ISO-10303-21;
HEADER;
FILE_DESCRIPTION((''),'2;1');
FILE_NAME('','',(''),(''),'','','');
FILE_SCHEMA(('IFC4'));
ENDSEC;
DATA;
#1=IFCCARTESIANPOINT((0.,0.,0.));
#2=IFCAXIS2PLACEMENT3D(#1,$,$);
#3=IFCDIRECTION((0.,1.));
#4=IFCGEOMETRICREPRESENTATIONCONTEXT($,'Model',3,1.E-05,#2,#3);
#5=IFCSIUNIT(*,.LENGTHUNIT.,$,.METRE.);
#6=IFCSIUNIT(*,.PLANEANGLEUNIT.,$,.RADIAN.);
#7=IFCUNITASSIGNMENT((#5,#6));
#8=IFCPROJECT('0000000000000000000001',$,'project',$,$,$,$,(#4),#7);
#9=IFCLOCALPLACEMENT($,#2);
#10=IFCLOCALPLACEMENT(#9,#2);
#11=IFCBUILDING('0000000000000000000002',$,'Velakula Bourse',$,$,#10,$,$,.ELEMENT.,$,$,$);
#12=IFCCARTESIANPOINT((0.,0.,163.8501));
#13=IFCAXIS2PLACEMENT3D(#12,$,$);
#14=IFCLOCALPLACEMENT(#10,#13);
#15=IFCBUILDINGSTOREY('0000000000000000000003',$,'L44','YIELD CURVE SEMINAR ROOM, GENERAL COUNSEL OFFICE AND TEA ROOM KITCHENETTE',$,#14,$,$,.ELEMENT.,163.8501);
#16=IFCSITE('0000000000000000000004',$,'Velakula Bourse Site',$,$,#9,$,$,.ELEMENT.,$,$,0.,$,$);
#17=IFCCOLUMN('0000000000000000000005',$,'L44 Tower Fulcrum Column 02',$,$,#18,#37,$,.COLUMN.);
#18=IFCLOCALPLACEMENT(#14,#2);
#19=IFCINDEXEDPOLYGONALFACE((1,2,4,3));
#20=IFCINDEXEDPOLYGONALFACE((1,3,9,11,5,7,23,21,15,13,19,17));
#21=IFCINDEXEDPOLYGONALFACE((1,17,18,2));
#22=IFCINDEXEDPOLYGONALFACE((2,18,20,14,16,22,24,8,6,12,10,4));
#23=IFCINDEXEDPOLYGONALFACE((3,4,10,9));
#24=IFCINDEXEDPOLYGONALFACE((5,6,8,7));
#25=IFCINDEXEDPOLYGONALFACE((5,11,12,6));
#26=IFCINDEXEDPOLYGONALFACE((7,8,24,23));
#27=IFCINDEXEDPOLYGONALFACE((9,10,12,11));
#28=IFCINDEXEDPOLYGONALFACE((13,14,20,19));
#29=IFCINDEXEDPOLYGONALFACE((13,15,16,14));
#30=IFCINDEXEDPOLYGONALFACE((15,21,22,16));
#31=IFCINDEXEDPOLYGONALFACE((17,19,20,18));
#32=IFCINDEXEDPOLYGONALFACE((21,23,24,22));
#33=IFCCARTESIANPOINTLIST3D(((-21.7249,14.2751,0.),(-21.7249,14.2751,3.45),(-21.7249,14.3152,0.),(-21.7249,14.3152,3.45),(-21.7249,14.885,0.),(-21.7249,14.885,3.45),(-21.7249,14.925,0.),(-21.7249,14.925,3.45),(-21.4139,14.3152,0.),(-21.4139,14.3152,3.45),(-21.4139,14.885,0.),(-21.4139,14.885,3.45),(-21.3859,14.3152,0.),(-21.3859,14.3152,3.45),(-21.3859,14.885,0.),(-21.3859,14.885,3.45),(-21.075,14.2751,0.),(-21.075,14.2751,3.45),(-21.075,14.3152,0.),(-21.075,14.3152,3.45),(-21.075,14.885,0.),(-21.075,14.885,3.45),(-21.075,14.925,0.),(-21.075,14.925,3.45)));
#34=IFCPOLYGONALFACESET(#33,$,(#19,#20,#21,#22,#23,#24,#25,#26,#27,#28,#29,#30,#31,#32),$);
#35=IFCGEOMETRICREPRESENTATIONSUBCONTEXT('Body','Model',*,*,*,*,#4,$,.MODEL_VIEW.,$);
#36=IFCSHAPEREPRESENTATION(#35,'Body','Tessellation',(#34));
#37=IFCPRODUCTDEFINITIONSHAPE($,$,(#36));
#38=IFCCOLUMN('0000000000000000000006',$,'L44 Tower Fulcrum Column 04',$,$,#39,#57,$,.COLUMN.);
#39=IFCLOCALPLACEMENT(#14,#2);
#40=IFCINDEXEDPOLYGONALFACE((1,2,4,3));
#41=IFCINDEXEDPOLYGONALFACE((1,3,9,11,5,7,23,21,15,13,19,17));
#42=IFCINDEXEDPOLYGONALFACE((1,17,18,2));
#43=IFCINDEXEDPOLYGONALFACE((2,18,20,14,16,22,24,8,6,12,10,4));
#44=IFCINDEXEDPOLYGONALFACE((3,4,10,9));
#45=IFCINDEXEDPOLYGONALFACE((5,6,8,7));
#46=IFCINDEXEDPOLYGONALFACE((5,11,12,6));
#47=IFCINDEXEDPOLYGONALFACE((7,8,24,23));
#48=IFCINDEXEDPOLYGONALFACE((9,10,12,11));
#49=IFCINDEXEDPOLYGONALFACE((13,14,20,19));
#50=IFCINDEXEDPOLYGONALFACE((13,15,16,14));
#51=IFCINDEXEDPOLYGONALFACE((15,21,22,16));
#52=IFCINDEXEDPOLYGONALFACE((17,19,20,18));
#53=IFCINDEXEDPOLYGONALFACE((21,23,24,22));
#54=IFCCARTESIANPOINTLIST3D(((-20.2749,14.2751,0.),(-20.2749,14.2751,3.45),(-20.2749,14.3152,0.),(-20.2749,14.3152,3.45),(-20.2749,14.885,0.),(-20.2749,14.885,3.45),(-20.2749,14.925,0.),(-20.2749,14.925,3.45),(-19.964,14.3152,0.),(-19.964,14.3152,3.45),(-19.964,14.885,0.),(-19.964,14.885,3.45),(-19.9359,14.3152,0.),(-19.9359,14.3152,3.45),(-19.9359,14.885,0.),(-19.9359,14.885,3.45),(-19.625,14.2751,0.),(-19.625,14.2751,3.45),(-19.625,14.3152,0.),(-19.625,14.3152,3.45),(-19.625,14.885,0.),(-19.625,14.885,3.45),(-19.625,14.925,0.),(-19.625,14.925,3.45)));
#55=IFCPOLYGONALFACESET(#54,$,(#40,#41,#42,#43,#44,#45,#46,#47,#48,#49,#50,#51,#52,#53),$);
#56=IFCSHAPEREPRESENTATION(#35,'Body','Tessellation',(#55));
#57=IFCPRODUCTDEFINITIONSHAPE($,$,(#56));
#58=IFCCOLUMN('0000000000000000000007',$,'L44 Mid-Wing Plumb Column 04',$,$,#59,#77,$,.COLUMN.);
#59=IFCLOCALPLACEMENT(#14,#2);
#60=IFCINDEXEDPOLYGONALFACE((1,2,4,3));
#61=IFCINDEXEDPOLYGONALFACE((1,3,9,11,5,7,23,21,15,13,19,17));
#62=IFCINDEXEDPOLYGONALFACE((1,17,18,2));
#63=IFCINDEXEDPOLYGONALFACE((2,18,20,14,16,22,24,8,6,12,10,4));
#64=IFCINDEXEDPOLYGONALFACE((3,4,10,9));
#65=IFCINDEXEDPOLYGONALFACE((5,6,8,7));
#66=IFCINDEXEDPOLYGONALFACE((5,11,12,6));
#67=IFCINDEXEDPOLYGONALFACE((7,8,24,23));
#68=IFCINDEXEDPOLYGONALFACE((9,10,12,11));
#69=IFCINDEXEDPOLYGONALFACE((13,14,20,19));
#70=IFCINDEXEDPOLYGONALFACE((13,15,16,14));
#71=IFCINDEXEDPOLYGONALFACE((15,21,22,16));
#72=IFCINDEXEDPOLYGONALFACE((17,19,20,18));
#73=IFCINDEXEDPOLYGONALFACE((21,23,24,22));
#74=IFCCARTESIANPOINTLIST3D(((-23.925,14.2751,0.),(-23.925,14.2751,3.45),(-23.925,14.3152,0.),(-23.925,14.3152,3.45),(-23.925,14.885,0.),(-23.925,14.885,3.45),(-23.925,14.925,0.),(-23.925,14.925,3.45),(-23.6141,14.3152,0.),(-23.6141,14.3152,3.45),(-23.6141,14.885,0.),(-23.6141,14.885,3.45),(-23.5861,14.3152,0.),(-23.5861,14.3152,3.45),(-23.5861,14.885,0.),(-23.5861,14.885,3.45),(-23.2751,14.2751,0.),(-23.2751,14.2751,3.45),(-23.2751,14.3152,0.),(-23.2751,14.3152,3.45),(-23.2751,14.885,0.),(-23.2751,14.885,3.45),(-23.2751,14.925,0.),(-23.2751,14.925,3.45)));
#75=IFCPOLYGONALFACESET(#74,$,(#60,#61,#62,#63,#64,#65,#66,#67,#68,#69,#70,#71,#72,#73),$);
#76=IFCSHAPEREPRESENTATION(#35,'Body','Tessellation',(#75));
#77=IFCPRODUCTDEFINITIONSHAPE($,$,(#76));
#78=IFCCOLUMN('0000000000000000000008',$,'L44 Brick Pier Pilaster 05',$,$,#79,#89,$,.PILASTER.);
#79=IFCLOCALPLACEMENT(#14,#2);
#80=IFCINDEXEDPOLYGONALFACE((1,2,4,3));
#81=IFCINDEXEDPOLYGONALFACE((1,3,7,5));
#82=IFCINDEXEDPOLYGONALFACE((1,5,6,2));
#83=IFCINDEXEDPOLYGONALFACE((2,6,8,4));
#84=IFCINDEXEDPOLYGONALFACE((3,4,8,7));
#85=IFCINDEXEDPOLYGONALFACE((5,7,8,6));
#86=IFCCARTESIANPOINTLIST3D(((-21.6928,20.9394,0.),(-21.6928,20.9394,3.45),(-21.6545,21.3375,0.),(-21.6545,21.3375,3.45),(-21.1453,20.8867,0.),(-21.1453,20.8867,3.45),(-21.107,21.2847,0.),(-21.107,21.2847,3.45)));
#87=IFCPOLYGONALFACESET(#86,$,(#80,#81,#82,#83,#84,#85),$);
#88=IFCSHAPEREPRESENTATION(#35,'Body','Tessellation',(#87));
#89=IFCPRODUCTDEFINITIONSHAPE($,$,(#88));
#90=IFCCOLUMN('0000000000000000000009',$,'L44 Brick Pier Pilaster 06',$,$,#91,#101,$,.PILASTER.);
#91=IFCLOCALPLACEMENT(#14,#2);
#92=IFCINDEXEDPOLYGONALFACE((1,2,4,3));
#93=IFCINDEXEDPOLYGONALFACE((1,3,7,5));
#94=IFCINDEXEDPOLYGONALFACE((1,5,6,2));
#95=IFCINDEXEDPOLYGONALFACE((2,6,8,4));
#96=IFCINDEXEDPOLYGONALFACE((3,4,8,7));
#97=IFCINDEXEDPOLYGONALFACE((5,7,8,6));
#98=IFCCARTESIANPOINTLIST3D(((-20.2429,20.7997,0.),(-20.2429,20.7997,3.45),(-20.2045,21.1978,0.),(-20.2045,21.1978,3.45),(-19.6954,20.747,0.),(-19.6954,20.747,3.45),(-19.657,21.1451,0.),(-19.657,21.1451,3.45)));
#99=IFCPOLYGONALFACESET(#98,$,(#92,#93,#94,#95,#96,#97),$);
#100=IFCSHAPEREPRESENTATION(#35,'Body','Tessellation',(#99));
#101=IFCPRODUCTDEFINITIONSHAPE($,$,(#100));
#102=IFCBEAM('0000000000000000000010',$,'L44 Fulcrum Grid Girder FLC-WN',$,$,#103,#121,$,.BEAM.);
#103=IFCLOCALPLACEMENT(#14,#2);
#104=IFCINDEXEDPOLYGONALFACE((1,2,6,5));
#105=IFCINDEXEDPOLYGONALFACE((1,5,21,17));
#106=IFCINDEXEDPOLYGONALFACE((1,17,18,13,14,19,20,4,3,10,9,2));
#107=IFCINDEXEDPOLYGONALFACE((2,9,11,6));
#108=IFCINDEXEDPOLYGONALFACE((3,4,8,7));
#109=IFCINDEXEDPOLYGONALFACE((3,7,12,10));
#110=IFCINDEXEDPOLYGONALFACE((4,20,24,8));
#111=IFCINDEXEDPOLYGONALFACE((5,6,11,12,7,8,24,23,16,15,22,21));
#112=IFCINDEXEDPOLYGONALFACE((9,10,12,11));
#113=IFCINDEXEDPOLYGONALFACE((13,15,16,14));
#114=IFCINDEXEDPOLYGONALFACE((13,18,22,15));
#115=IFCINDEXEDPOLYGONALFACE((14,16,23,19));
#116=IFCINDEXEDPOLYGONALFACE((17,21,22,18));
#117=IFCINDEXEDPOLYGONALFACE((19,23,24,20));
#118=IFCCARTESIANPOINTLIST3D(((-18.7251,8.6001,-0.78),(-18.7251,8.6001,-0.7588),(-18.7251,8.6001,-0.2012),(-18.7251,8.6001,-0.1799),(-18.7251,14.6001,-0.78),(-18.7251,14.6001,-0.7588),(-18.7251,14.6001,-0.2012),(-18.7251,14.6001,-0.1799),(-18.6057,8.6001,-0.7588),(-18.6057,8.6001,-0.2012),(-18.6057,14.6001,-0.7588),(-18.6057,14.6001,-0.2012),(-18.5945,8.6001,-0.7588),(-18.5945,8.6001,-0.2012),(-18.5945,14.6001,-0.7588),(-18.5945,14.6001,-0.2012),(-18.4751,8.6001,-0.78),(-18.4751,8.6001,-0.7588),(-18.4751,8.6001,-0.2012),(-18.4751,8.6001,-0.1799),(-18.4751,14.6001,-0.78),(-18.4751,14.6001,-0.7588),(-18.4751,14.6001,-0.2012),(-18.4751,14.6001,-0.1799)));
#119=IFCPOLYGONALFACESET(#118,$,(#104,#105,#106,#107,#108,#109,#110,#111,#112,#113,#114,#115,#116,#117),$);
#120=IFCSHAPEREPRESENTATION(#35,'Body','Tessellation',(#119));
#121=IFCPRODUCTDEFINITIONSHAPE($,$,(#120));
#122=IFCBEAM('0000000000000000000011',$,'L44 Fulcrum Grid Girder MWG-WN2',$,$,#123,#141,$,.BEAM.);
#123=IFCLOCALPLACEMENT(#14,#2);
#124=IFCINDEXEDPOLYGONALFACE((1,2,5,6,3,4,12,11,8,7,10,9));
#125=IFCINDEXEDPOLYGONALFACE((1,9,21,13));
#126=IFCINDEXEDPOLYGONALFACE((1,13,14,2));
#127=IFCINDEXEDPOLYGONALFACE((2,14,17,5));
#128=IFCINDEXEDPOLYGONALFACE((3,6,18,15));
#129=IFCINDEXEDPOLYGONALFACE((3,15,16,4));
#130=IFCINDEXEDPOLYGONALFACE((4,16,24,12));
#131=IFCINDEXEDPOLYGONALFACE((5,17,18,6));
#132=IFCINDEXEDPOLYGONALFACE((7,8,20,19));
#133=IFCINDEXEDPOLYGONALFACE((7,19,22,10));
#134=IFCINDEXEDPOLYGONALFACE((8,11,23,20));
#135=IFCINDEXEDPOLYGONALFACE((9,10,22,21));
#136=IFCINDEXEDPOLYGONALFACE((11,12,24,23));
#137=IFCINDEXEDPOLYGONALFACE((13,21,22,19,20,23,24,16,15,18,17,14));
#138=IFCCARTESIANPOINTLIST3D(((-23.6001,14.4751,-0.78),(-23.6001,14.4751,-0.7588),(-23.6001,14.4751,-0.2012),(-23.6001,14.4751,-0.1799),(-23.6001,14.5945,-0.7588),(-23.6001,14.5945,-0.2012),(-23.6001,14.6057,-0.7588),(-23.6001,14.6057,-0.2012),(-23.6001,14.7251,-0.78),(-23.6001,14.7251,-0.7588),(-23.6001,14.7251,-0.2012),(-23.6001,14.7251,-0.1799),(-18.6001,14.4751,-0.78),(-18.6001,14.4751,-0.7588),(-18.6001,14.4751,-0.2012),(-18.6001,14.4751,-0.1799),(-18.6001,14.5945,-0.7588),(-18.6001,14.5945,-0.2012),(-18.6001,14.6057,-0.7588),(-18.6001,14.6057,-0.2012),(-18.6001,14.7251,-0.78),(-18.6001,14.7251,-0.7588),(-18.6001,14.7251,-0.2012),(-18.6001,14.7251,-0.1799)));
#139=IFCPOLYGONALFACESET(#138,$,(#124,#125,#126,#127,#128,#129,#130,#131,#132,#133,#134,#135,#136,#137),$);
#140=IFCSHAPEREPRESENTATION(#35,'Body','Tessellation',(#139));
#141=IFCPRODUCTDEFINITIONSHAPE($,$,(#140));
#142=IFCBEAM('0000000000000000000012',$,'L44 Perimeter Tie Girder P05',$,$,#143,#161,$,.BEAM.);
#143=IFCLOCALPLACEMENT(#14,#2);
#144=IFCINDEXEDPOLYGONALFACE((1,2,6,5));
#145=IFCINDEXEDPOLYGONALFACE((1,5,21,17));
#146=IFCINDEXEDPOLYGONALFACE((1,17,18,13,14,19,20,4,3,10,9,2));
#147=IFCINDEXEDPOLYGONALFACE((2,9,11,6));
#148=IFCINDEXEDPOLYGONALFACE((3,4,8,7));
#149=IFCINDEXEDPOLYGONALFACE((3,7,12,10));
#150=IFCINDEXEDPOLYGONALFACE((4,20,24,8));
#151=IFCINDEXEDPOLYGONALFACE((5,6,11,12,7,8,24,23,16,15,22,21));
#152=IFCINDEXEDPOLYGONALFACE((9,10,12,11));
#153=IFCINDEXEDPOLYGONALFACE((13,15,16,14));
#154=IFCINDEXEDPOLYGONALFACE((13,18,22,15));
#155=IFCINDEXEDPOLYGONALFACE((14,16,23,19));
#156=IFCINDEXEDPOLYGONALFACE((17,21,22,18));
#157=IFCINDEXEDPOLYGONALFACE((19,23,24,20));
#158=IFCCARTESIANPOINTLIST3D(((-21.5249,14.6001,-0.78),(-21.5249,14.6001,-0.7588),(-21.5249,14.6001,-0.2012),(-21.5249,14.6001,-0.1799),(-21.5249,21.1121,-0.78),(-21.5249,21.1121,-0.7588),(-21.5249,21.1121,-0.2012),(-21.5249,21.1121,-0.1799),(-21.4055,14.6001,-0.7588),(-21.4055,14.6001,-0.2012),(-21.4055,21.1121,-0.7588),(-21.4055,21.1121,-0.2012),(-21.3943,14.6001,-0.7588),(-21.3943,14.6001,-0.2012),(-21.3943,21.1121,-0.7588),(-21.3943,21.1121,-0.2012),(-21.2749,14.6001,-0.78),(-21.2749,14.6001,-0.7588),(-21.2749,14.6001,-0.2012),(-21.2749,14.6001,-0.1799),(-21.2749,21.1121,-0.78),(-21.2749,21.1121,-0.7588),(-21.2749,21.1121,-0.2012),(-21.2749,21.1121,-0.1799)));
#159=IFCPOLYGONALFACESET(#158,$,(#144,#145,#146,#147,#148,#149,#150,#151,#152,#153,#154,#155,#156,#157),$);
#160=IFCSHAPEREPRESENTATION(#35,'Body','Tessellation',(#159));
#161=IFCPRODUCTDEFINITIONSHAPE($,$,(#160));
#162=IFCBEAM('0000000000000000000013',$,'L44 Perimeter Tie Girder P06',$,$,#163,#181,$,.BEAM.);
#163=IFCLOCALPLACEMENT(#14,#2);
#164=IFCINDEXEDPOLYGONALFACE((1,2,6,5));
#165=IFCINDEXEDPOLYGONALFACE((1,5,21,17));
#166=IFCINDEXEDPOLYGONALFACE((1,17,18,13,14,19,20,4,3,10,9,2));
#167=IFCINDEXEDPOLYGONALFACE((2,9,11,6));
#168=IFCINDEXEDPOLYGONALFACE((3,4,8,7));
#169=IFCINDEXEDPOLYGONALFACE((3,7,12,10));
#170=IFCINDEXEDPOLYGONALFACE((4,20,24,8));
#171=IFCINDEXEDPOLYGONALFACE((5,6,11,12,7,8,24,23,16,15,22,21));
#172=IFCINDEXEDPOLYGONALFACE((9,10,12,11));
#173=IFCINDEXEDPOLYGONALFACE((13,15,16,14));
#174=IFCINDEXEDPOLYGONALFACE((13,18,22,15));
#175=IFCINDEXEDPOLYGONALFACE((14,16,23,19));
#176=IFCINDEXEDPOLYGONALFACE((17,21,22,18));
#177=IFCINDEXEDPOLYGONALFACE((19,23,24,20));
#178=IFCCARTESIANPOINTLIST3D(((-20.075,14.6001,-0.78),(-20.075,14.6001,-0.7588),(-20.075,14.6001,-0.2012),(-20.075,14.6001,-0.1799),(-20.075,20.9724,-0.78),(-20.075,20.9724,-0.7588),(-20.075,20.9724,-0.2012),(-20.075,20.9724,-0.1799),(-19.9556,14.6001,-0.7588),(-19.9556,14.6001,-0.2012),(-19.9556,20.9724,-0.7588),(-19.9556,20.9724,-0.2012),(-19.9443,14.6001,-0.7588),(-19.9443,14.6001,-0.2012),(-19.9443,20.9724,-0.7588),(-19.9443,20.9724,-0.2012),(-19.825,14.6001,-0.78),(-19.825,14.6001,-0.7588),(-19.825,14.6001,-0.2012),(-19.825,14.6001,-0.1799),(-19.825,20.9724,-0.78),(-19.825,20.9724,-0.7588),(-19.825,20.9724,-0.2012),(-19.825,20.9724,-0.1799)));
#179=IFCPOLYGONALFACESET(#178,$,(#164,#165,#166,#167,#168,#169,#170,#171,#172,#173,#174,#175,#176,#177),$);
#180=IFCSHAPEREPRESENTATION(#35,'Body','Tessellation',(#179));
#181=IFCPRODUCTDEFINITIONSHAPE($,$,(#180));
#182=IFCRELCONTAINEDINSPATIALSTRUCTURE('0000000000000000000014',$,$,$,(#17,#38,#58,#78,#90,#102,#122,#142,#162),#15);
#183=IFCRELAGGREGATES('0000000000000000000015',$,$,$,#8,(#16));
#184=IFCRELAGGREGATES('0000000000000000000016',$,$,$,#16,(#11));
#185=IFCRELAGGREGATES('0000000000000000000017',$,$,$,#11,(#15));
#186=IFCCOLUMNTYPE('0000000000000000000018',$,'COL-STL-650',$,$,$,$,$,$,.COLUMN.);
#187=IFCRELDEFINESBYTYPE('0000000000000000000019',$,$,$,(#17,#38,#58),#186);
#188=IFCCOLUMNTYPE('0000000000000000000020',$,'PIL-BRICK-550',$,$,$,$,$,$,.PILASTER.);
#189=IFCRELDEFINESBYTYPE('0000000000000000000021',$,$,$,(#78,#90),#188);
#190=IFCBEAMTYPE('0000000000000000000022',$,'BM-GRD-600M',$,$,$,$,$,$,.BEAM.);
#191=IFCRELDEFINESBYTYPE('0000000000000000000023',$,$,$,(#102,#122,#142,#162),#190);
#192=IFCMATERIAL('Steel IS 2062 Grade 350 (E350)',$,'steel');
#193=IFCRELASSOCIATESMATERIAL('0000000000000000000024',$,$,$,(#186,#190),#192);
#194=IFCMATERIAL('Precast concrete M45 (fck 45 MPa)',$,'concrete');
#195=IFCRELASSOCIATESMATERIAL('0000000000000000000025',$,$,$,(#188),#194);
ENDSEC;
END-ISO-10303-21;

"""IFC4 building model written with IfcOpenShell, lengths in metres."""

from ifc_helpers import new_model, si_unit, direction, frame, origin, origin_2d, place, context, subcontext, project, spatial, rectangle, i_section, extrude, material, material_profile, profile_set, type_object, element, save


model = new_model("IFC4")

# Units and contexts
model_context = context("Model", 3, precision=1e-05, world=origin(), true_north=direction((0.0, 1.0)))
body_context = subcontext(model_context, "Body", "Model", "MODEL_VIEW")
ifc_project = project(units=[si_unit("LENGTHUNIT", "METRE"), si_unit("PLANEANGLEUNIT", "RADIAN")], contexts=[model_context])

# Site, building, storey
site_placement = place(None, origin())
site = spatial("IfcSite", under=ifc_project, at=site_placement, Name="Velakula Bourse Site", CompositionType="ELEMENT", RefElevation=0.0)
building_placement = place(site_placement, origin())
building = spatial("IfcBuilding", under=site, at=building_placement, Name="Velakula Bourse", CompositionType="ELEMENT")
storey_placement = place(building_placement, frame((0.0, 0.0, 163.8501)))
storey = spatial("IfcBuildingStorey", under=building, at=storey_placement, Name="L44", Description="YIELD CURVE SEMINAR ROOM, GENERAL COUNSEL OFFICE AND TEA ROOM KITCHENETTE", CompositionType="ELEMENT", Elevation=163.8501)

# Columns
ifc_material_1 = material(Name="Steel IS 2062 Grade 350 (E350)", Category="steel")
ifc_material_profile_1 = material_profile(ifc_material_1, i_section(OverallWidth=0.6499, OverallDepth=0.6499, WebThickness=0.0281, FlangeThickness=0.04, at=origin_2d()), Name="Steel IS 2062 Grade 350 (E350)")
ifc_profile_set_1 = profile_set([ifc_material_profile_1], Name="Steel IS 2062 Grade 350 (E350)")
column_type_1 = type_object("IfcColumnType", Name="COL-STL-650", PredefinedType="COLUMN", material=ifc_profile_set_1)
for number, where, z_axis, x_axis, name in (
    (1, (-21.3999, 14.6001, 0.0), (0.0, 0.0, 1.0), (1.0, 0.0, 0.0), "L44 Tower Fulcrum Column 02"),
    (2, (-19.95, 14.6001, 0.0), (0.0, 0.0, 1.0), (1.0, 0.0, 0.0), "L44 Tower Fulcrum Column 04"),
    (3, (-23.6001, 14.6001, 0.0), (0.0, 0.0, 1.0), (1.0, 0.0, 0.0), "L44 Mid-Wing Plumb Column 04"),
):
    element("IfcColumn", number, at=place(storey_placement, frame(where, z_axis=z_axis, x_axis=x_axis)), inside=storey, type_object=column_type_1, Name=name, PredefinedType="COLUMN", context=body_context, shape_type="SweptSolid", body=[
        extrude(i_section(OverallWidth=0.6499, OverallDepth=0.6499, WebThickness=0.0281, FlangeThickness=0.04, at=origin_2d()), origin(), (0.0, 0.0, 1.0), 3.45),
    ])
ifc_material_2 = material(Name="Precast concrete M45 (fck 45 MPa)", Category="concrete")
ifc_material_profile_2 = material_profile(ifc_material_2, rectangle(XDim=0.55, YDim=0.3999, at=origin_2d()), Name="Precast concrete M45 (fck 45 MPa)")
ifc_profile_set_2 = profile_set([ifc_material_profile_2], Name="Precast concrete M45 (fck 45 MPa)")
column_type_2 = type_object("IfcColumnType", Name="PIL-BRICK-550", PredefinedType="PILASTER", material=ifc_profile_set_2)
for number, where, z_axis, x_axis, name in (
    (4, (-21.3999, 21.1121, 0.0), (0.0, 0.0, 1.0), (0.995396, -0.095846, 0.0), "L44 Brick Pier Pilaster 05"),
    (5, (-19.95, 20.9724, 0.0), (0.0, 0.0, 1.0), (0.995396, -0.095846, 0.0), "L44 Brick Pier Pilaster 06"),
):
    element("IfcColumn", number, at=place(storey_placement, frame(where, z_axis=z_axis, x_axis=x_axis)), inside=storey, type_object=column_type_2, Name=name, PredefinedType="PILASTER", context=body_context, shape_type="SweptSolid", body=[
        extrude(rectangle(XDim=0.55, YDim=0.3999, at=origin_2d()), origin(), (0.0, 0.0, 1.0), 3.45),
    ])

# Beams
ifc_material_profile_3 = material_profile(ifc_material_1, i_section(OverallWidth=0.25, OverallDepth=0.6001, WebThickness=0.0112, FlangeThickness=0.0212, at=origin_2d()), Name="Steel IS 2062 Grade 350 (E350)")
ifc_profile_set_3 = profile_set([ifc_material_profile_3], Name="Steel IS 2062 Grade 350 (E350)")
beam_type_1 = type_object("IfcBeamType", Name="BM-GRD-600M", PredefinedType="BEAM", material=ifc_profile_set_3)
beam_1_placement = place(storey_placement, frame((-18.6001, 8.6001, -0.48), z_axis=(0.0, 1.0, 0.0), x_axis=(-1.0, 0.0, 0.0)))
element("IfcBeam", 6, at=beam_1_placement, inside=storey, type_object=beam_type_1, Name="L44 Fulcrum Grid Girder FLC-WN", PredefinedType="BEAM", context=body_context, shape_type="SweptSolid", body=[
    extrude(i_section(OverallWidth=0.25, OverallDepth=0.6001, WebThickness=0.0112, FlangeThickness=0.0212, at=origin_2d()), origin(), (0.0, 0.0, 1.0), 6.0),
])
beam_2_placement = place(storey_placement, frame((-23.6001, 14.6001, -0.48), z_axis=(1.0, 0.0, 0.0), x_axis=(0.0, 1.0, 0.0)))
element("IfcBeam", 7, at=beam_2_placement, inside=storey, type_object=beam_type_1, Name="L44 Fulcrum Grid Girder MWG-WN2", PredefinedType="BEAM", context=body_context, shape_type="SweptSolid", body=[
    extrude(i_section(OverallWidth=0.25, OverallDepth=0.6001, WebThickness=0.0112, FlangeThickness=0.0212, at=origin_2d()), origin(), (0.0, 0.0, 1.0), 5.0),
])
beam_3_placement = place(storey_placement, frame((-21.3999, 14.6001, -0.48), z_axis=(0.0, 1.0, 0.0), x_axis=(-1.0, 0.0, 0.0)))
element("IfcBeam", 8, at=beam_3_placement, inside=storey, type_object=beam_type_1, Name="L44 Perimeter Tie Girder P05", PredefinedType="BEAM", context=body_context, shape_type="SweptSolid", body=[
    extrude(i_section(OverallWidth=0.25, OverallDepth=0.6001, WebThickness=0.0112, FlangeThickness=0.0212, at=origin_2d()), origin(), (0.0, 0.0, 1.0), 6.512),
])
beam_4_placement = place(storey_placement, frame((-19.95, 14.6001, -0.48), z_axis=(0.0, 1.0, 0.0), x_axis=(-1.0, 0.0, 0.0)))
element("IfcBeam", 9, at=beam_4_placement, inside=storey, type_object=beam_type_1, Name="L44 Perimeter Tie Girder P06", PredefinedType="BEAM", context=body_context, shape_type="SweptSolid", body=[
    extrude(i_section(OverallWidth=0.25, OverallDepth=0.6001, WebThickness=0.0112, FlangeThickness=0.0212, at=origin_2d()), origin(), (0.0, 0.0, 1.0), 6.3723),
])

save(model, "model.ifc")
